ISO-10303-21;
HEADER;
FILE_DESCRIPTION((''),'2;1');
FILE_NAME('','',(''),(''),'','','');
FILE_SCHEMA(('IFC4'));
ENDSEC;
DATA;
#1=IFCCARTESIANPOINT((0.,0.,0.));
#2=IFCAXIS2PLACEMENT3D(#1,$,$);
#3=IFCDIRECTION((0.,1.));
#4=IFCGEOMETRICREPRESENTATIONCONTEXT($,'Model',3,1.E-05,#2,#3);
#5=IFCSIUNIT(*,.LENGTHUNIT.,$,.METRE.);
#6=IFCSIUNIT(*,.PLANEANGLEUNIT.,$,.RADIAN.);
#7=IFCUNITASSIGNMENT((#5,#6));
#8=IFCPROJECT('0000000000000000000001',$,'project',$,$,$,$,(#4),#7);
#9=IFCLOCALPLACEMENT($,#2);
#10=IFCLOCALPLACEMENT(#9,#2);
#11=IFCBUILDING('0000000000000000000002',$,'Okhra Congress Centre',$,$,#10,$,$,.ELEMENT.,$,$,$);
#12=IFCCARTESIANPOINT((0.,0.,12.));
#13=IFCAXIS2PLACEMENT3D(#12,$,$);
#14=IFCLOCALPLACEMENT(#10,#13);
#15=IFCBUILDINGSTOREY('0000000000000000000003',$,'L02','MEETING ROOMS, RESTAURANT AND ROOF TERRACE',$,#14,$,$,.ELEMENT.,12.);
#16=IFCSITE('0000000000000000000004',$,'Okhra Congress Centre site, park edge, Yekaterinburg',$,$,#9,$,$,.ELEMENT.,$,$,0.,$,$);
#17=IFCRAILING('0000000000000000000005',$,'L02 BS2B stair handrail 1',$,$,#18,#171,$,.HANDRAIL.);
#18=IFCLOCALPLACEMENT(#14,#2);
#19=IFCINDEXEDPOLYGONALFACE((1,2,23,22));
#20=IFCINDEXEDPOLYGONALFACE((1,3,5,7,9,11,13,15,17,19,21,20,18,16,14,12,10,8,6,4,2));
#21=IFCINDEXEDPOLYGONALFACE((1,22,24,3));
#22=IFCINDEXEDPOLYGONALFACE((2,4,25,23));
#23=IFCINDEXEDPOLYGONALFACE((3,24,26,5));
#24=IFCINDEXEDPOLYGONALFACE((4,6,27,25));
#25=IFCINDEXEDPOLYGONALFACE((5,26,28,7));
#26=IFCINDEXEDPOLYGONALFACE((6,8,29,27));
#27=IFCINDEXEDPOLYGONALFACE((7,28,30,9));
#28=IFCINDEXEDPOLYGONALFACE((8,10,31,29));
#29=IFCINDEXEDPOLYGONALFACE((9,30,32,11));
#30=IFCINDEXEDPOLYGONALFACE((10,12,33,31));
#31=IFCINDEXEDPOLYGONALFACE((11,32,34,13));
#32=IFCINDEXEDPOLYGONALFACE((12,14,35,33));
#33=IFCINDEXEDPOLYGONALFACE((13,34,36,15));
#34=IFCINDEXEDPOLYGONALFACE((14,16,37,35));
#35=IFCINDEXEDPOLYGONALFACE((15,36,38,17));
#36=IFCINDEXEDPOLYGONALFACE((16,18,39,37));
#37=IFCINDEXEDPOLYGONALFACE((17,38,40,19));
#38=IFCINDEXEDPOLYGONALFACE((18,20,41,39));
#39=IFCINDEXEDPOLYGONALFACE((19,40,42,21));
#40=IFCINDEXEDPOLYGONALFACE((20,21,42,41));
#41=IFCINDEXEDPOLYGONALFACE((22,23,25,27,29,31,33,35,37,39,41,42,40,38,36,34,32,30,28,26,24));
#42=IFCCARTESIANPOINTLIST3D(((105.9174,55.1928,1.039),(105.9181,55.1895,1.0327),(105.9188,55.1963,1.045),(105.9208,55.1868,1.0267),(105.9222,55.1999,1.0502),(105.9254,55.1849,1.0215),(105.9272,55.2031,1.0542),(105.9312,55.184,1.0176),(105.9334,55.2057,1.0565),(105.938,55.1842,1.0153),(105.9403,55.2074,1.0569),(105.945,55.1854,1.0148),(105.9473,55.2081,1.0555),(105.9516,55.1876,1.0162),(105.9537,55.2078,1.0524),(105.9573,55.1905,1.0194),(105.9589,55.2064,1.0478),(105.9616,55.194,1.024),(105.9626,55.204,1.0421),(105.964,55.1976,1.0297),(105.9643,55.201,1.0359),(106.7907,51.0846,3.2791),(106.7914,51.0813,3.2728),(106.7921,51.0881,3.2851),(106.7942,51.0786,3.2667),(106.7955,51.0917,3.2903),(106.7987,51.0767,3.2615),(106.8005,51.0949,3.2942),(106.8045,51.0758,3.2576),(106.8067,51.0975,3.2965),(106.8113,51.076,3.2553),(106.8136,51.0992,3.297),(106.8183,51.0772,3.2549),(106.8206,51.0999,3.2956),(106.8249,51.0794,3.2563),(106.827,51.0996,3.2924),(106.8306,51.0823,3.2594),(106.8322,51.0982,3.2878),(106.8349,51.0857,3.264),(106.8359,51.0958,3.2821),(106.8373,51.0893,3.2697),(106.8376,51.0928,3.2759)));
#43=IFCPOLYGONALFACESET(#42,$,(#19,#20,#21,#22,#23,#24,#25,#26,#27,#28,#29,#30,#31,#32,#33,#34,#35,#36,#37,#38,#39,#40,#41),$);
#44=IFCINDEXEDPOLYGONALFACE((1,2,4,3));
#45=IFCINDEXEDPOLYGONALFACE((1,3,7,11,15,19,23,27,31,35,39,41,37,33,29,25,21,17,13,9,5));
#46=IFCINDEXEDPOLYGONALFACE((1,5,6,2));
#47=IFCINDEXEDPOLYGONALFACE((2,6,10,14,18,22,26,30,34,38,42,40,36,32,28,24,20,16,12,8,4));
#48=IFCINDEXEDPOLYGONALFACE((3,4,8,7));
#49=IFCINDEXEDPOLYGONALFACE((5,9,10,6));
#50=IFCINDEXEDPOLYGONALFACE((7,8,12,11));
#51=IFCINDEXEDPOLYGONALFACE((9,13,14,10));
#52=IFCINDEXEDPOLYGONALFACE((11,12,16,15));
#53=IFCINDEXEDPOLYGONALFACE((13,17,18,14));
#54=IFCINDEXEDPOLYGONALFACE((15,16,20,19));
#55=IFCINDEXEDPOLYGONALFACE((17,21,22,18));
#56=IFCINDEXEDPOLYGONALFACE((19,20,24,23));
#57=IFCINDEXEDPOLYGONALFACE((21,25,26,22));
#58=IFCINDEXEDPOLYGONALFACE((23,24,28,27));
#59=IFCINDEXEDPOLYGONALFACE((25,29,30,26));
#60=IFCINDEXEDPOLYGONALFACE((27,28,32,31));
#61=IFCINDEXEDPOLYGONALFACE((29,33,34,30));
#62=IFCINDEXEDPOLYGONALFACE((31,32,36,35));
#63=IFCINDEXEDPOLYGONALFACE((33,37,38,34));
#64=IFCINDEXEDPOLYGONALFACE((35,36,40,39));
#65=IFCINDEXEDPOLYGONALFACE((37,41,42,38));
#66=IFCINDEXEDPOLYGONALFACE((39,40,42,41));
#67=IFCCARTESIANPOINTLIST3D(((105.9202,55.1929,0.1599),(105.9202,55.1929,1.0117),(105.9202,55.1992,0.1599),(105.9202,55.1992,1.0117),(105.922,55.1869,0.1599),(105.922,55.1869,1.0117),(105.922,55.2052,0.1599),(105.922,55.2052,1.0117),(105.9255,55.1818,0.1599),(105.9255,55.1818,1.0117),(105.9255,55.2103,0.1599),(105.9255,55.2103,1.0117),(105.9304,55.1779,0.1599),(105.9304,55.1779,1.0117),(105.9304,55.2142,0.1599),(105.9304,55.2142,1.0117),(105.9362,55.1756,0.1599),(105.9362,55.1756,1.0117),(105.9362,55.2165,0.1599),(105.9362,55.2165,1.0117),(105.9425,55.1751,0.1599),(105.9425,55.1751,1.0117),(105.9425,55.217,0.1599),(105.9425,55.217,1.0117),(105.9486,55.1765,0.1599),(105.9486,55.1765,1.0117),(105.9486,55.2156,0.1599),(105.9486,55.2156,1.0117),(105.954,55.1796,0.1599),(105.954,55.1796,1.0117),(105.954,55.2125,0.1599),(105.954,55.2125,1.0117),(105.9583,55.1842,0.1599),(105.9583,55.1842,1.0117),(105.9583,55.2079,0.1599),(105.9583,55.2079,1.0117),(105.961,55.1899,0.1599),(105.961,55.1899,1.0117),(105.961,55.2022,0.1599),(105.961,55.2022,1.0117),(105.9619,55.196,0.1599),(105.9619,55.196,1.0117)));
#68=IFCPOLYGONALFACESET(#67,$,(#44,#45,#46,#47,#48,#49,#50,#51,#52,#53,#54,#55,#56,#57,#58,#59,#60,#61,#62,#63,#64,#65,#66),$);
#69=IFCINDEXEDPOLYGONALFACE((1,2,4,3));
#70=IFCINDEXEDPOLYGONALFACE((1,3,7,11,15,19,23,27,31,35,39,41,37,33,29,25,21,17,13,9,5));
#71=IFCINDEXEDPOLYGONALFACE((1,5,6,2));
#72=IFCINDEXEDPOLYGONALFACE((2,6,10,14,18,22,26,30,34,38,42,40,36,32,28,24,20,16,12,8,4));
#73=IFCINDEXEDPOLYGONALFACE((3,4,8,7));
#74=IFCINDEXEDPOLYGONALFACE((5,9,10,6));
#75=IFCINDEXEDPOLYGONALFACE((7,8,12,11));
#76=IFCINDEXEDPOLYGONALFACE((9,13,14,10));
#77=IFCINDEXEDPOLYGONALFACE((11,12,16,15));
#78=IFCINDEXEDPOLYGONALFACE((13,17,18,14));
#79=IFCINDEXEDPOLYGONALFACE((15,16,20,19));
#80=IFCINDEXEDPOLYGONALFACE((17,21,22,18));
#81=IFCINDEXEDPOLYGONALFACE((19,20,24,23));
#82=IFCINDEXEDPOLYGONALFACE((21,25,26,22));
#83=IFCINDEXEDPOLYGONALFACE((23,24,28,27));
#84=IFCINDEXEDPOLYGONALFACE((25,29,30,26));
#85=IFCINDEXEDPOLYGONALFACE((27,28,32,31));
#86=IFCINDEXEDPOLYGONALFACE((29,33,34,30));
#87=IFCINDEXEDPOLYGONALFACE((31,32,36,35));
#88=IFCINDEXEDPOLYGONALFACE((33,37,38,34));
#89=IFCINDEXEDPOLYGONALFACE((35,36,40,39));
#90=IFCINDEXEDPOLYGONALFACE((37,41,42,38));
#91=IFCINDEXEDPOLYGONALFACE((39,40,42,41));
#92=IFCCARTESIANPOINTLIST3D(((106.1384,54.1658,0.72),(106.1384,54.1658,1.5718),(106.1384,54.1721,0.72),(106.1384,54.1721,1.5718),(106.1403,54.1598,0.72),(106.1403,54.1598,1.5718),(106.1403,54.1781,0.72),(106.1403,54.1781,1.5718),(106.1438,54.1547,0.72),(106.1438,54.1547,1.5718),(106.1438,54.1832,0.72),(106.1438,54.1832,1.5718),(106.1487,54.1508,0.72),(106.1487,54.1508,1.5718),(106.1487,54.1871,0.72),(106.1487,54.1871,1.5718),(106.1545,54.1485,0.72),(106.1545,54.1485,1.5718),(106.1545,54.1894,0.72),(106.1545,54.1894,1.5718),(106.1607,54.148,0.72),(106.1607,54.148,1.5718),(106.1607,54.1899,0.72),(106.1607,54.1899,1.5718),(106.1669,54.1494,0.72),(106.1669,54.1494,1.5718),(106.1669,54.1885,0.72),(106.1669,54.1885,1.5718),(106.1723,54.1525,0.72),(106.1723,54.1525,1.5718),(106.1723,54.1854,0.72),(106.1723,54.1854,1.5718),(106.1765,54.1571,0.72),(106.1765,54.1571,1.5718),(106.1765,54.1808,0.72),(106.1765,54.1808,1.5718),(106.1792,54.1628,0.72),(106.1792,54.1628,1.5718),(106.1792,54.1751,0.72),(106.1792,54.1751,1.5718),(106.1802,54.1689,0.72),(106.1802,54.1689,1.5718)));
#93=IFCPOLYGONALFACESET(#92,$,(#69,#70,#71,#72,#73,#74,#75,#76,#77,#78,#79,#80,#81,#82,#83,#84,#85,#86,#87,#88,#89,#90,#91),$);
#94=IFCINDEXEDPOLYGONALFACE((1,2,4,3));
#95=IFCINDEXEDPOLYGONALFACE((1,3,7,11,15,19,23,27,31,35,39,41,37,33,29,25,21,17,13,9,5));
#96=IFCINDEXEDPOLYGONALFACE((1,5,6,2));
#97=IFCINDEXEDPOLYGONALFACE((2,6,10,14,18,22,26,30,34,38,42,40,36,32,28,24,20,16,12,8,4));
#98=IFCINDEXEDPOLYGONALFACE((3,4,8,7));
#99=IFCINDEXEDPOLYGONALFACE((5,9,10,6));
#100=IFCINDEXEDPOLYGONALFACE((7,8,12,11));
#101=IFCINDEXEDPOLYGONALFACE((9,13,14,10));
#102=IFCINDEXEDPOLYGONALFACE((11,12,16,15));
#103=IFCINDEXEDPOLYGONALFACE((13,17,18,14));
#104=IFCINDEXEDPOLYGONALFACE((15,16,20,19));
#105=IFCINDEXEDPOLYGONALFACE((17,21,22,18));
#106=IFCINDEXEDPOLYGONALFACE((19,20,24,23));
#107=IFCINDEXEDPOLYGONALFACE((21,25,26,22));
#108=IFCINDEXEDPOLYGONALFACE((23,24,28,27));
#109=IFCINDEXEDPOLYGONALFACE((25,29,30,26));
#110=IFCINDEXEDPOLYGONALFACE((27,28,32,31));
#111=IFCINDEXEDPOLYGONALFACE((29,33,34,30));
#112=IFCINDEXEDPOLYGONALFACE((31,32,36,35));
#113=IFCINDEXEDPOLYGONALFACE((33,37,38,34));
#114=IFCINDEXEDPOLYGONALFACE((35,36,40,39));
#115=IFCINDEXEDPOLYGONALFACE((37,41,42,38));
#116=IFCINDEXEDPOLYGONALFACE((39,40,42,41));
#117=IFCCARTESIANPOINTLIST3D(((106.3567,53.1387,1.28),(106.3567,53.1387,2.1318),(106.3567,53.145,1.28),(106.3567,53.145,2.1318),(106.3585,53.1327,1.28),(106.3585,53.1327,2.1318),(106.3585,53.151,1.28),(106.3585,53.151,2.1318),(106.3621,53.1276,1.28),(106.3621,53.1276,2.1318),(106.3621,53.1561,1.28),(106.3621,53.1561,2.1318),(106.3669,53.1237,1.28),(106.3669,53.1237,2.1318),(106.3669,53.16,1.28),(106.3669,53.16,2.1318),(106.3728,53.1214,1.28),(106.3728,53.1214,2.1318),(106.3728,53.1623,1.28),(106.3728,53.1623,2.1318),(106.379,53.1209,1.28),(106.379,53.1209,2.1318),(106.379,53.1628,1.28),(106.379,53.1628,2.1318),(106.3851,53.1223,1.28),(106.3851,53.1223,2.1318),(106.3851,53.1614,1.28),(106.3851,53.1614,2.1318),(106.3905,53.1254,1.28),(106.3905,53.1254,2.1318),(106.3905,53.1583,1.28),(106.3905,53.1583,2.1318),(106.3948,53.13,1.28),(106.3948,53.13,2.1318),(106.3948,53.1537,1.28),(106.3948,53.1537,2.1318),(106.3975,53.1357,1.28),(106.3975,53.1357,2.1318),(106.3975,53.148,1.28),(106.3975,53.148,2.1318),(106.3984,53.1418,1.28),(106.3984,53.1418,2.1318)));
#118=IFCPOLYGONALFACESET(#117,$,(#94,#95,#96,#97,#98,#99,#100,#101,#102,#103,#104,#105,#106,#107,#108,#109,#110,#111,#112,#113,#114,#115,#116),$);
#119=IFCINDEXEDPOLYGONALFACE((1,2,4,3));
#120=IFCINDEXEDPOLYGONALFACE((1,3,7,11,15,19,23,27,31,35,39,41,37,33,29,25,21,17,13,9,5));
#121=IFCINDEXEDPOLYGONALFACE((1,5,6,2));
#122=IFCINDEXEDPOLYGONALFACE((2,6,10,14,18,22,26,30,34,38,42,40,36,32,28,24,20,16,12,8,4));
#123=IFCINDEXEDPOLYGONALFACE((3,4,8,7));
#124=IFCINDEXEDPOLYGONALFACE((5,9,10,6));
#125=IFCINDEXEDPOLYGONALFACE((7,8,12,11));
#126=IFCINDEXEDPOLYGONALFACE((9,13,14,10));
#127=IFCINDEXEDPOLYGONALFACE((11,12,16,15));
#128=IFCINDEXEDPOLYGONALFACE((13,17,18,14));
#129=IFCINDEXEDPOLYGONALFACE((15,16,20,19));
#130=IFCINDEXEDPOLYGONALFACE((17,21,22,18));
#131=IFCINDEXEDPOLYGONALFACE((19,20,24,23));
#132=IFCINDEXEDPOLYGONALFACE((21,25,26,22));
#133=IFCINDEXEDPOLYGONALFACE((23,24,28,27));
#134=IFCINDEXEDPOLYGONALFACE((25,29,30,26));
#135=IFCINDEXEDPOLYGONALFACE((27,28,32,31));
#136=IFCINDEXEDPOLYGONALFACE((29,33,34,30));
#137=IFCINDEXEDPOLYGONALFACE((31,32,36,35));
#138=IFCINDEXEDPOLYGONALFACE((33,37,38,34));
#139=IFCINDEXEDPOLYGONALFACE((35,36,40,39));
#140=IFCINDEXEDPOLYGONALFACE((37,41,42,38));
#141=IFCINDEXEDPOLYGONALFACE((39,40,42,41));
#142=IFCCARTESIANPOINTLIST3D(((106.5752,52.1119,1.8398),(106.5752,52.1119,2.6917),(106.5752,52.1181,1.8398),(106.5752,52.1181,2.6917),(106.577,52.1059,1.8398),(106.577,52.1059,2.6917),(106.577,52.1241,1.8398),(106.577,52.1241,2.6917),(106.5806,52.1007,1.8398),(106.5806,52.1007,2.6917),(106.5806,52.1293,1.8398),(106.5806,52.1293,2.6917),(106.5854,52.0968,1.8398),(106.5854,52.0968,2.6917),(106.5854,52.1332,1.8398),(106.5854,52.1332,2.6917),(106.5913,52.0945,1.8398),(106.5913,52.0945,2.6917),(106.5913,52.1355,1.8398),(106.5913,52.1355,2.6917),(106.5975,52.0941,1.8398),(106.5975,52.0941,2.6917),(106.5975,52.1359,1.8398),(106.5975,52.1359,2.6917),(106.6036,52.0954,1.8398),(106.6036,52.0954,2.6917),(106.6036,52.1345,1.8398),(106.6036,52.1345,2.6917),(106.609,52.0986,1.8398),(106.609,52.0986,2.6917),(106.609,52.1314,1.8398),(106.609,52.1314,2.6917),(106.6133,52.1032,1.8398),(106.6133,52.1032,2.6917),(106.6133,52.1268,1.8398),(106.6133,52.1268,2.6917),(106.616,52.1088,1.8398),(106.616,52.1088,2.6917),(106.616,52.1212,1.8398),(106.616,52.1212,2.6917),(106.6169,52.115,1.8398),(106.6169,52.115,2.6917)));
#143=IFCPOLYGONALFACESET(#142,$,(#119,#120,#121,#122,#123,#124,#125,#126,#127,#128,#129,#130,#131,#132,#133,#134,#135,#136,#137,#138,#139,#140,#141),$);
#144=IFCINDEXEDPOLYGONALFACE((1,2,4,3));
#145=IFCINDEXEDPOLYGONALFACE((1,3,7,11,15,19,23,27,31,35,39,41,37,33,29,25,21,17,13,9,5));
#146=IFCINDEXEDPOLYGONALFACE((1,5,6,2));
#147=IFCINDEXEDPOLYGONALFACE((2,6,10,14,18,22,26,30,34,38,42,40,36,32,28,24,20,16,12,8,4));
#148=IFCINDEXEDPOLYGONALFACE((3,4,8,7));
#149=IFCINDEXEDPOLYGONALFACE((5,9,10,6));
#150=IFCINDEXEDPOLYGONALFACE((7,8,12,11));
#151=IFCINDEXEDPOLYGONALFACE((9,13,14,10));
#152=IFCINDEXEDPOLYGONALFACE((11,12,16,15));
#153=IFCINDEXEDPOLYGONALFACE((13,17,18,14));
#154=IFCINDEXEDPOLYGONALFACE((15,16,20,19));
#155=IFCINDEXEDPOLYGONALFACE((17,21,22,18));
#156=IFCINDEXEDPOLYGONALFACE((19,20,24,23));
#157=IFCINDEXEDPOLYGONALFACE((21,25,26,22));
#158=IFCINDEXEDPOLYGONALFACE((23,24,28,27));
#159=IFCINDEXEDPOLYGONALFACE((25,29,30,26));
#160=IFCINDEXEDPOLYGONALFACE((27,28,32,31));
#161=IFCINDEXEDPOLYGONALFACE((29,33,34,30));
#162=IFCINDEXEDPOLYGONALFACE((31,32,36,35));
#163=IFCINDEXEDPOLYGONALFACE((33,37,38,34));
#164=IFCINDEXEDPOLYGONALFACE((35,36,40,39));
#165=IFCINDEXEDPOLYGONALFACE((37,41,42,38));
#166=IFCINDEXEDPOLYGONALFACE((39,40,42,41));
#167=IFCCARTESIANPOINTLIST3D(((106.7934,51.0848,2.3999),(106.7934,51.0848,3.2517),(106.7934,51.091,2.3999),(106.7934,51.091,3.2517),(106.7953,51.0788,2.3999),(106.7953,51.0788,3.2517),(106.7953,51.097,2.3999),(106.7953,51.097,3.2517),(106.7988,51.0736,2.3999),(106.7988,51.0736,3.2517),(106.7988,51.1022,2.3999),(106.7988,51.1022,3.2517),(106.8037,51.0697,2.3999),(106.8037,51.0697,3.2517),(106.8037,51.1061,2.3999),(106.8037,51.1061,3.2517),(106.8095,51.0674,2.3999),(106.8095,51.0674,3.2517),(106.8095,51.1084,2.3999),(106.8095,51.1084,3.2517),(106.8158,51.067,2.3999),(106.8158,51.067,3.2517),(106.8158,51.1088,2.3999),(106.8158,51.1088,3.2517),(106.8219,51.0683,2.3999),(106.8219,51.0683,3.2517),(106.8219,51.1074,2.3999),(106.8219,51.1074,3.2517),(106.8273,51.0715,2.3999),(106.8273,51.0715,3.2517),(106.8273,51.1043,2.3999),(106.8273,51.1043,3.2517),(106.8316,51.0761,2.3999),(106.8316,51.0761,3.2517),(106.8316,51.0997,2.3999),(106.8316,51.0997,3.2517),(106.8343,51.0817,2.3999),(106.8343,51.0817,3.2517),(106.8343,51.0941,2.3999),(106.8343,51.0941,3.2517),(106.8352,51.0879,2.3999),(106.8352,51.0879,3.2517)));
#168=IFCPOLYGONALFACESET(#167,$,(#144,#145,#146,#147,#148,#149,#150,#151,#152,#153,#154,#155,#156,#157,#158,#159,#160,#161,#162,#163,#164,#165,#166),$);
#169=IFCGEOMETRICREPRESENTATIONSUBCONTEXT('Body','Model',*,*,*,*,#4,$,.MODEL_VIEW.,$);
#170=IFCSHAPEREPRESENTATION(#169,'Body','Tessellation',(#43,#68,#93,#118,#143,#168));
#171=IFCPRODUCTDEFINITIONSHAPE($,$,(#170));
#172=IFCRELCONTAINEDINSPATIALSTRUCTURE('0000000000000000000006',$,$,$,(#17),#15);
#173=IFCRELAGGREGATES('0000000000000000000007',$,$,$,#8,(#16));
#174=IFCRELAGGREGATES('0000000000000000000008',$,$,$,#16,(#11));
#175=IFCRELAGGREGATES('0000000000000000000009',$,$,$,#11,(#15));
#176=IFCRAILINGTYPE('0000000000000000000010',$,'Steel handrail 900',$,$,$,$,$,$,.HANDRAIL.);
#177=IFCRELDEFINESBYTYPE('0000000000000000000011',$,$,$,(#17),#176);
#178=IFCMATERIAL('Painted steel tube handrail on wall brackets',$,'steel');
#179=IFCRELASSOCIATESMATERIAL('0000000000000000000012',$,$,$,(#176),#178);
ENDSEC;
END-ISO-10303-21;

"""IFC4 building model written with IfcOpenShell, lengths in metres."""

from ifc_helpers import new_model, si_unit, direction, frame, origin, origin_2d, place, context, subcontext, project, spatial, circle, extrude, material, type_object, element, save


model = new_model("IFC4")

# Units and contexts
model_context = context("Model", 3, precision=1e-05, world=origin(), true_north=direction((0.0, 1.0)))
body_context = subcontext(model_context, "Body", "Model", "MODEL_VIEW")
ifc_project = project(units=[si_unit("LENGTHUNIT", "METRE"), si_unit("PLANEANGLEUNIT", "RADIAN")], contexts=[model_context])

# Site, building, storey
site_placement = place(None, origin())
site = spatial("IfcSite", under=ifc_project, at=site_placement, Name="Okhra Congress Centre site, park edge, Yekaterinburg", CompositionType="ELEMENT", RefElevation=0.0)
building_placement = place(site_placement, origin())
building = spatial("IfcBuilding", under=site, at=building_placement, Name="Okhra Congress Centre", CompositionType="ELEMENT")
storey_placement = place(building_placement, frame((0.0, 0.0, 12.0)))
storey = spatial("IfcBuildingStorey", under=building, at=storey_placement, Name="L02", Description="MEETING ROOMS, RESTAURANT AND ROOF TERRACE", CompositionType="ELEMENT", Elevation=12.0)

# Railing
ifc_material_1 = material(Name="Painted steel tube handrail on wall brackets", Category="steel")
railing_type_1 = type_object("IfcRailingType", Name="Steel handrail 900", PredefinedType="HANDRAIL", material=ifc_material_1)
railing_1_placement = place(storey_placement, frame((105.9409, 55.196, 0.1599)))
element("IfcRailing", 1, at=railing_1_placement, inside=storey, type_object=railing_type_1, Name="L02 BS2B stair handrail 1", PredefinedType="HANDRAIL", context=body_context, shape_type="SweptSolid", body=[
    extrude(circle(Radius=0.0239, at=origin_2d()), frame((0.0, 0.0, 0.876), z_axis=(0.183466, -0.863067, 0.470591), x_axis=(0.978144, 0.207929, 0.0)), (0.0, 0.0, 1.0), 4.76),
    extrude(circle(Radius=0.021, at=origin_2d()), origin(), (0.0, 0.0, 1.0), 0.8518),
    extrude(circle(Radius=0.021, at=origin_2d()), frame((0.2183, -1.0271, 0.5601)), (0.0, 0.0, 1.0), 0.8518),
    extrude(circle(Radius=0.021, at=origin_2d()), frame((0.4365, -2.0542, 1.1201)), (0.0, 0.0, 1.0), 0.8518),
    extrude(circle(Radius=0.021, at=origin_2d()), frame((0.655, -3.0811, 1.6799)), (0.0, 0.0, 1.0), 0.8518),
    extrude(circle(Radius=0.021, at=origin_2d()), frame((0.8733, -4.1082, 2.24)), (0.0, 0.0, 1.0), 0.8518),
])

save(model, "model.ifc")
